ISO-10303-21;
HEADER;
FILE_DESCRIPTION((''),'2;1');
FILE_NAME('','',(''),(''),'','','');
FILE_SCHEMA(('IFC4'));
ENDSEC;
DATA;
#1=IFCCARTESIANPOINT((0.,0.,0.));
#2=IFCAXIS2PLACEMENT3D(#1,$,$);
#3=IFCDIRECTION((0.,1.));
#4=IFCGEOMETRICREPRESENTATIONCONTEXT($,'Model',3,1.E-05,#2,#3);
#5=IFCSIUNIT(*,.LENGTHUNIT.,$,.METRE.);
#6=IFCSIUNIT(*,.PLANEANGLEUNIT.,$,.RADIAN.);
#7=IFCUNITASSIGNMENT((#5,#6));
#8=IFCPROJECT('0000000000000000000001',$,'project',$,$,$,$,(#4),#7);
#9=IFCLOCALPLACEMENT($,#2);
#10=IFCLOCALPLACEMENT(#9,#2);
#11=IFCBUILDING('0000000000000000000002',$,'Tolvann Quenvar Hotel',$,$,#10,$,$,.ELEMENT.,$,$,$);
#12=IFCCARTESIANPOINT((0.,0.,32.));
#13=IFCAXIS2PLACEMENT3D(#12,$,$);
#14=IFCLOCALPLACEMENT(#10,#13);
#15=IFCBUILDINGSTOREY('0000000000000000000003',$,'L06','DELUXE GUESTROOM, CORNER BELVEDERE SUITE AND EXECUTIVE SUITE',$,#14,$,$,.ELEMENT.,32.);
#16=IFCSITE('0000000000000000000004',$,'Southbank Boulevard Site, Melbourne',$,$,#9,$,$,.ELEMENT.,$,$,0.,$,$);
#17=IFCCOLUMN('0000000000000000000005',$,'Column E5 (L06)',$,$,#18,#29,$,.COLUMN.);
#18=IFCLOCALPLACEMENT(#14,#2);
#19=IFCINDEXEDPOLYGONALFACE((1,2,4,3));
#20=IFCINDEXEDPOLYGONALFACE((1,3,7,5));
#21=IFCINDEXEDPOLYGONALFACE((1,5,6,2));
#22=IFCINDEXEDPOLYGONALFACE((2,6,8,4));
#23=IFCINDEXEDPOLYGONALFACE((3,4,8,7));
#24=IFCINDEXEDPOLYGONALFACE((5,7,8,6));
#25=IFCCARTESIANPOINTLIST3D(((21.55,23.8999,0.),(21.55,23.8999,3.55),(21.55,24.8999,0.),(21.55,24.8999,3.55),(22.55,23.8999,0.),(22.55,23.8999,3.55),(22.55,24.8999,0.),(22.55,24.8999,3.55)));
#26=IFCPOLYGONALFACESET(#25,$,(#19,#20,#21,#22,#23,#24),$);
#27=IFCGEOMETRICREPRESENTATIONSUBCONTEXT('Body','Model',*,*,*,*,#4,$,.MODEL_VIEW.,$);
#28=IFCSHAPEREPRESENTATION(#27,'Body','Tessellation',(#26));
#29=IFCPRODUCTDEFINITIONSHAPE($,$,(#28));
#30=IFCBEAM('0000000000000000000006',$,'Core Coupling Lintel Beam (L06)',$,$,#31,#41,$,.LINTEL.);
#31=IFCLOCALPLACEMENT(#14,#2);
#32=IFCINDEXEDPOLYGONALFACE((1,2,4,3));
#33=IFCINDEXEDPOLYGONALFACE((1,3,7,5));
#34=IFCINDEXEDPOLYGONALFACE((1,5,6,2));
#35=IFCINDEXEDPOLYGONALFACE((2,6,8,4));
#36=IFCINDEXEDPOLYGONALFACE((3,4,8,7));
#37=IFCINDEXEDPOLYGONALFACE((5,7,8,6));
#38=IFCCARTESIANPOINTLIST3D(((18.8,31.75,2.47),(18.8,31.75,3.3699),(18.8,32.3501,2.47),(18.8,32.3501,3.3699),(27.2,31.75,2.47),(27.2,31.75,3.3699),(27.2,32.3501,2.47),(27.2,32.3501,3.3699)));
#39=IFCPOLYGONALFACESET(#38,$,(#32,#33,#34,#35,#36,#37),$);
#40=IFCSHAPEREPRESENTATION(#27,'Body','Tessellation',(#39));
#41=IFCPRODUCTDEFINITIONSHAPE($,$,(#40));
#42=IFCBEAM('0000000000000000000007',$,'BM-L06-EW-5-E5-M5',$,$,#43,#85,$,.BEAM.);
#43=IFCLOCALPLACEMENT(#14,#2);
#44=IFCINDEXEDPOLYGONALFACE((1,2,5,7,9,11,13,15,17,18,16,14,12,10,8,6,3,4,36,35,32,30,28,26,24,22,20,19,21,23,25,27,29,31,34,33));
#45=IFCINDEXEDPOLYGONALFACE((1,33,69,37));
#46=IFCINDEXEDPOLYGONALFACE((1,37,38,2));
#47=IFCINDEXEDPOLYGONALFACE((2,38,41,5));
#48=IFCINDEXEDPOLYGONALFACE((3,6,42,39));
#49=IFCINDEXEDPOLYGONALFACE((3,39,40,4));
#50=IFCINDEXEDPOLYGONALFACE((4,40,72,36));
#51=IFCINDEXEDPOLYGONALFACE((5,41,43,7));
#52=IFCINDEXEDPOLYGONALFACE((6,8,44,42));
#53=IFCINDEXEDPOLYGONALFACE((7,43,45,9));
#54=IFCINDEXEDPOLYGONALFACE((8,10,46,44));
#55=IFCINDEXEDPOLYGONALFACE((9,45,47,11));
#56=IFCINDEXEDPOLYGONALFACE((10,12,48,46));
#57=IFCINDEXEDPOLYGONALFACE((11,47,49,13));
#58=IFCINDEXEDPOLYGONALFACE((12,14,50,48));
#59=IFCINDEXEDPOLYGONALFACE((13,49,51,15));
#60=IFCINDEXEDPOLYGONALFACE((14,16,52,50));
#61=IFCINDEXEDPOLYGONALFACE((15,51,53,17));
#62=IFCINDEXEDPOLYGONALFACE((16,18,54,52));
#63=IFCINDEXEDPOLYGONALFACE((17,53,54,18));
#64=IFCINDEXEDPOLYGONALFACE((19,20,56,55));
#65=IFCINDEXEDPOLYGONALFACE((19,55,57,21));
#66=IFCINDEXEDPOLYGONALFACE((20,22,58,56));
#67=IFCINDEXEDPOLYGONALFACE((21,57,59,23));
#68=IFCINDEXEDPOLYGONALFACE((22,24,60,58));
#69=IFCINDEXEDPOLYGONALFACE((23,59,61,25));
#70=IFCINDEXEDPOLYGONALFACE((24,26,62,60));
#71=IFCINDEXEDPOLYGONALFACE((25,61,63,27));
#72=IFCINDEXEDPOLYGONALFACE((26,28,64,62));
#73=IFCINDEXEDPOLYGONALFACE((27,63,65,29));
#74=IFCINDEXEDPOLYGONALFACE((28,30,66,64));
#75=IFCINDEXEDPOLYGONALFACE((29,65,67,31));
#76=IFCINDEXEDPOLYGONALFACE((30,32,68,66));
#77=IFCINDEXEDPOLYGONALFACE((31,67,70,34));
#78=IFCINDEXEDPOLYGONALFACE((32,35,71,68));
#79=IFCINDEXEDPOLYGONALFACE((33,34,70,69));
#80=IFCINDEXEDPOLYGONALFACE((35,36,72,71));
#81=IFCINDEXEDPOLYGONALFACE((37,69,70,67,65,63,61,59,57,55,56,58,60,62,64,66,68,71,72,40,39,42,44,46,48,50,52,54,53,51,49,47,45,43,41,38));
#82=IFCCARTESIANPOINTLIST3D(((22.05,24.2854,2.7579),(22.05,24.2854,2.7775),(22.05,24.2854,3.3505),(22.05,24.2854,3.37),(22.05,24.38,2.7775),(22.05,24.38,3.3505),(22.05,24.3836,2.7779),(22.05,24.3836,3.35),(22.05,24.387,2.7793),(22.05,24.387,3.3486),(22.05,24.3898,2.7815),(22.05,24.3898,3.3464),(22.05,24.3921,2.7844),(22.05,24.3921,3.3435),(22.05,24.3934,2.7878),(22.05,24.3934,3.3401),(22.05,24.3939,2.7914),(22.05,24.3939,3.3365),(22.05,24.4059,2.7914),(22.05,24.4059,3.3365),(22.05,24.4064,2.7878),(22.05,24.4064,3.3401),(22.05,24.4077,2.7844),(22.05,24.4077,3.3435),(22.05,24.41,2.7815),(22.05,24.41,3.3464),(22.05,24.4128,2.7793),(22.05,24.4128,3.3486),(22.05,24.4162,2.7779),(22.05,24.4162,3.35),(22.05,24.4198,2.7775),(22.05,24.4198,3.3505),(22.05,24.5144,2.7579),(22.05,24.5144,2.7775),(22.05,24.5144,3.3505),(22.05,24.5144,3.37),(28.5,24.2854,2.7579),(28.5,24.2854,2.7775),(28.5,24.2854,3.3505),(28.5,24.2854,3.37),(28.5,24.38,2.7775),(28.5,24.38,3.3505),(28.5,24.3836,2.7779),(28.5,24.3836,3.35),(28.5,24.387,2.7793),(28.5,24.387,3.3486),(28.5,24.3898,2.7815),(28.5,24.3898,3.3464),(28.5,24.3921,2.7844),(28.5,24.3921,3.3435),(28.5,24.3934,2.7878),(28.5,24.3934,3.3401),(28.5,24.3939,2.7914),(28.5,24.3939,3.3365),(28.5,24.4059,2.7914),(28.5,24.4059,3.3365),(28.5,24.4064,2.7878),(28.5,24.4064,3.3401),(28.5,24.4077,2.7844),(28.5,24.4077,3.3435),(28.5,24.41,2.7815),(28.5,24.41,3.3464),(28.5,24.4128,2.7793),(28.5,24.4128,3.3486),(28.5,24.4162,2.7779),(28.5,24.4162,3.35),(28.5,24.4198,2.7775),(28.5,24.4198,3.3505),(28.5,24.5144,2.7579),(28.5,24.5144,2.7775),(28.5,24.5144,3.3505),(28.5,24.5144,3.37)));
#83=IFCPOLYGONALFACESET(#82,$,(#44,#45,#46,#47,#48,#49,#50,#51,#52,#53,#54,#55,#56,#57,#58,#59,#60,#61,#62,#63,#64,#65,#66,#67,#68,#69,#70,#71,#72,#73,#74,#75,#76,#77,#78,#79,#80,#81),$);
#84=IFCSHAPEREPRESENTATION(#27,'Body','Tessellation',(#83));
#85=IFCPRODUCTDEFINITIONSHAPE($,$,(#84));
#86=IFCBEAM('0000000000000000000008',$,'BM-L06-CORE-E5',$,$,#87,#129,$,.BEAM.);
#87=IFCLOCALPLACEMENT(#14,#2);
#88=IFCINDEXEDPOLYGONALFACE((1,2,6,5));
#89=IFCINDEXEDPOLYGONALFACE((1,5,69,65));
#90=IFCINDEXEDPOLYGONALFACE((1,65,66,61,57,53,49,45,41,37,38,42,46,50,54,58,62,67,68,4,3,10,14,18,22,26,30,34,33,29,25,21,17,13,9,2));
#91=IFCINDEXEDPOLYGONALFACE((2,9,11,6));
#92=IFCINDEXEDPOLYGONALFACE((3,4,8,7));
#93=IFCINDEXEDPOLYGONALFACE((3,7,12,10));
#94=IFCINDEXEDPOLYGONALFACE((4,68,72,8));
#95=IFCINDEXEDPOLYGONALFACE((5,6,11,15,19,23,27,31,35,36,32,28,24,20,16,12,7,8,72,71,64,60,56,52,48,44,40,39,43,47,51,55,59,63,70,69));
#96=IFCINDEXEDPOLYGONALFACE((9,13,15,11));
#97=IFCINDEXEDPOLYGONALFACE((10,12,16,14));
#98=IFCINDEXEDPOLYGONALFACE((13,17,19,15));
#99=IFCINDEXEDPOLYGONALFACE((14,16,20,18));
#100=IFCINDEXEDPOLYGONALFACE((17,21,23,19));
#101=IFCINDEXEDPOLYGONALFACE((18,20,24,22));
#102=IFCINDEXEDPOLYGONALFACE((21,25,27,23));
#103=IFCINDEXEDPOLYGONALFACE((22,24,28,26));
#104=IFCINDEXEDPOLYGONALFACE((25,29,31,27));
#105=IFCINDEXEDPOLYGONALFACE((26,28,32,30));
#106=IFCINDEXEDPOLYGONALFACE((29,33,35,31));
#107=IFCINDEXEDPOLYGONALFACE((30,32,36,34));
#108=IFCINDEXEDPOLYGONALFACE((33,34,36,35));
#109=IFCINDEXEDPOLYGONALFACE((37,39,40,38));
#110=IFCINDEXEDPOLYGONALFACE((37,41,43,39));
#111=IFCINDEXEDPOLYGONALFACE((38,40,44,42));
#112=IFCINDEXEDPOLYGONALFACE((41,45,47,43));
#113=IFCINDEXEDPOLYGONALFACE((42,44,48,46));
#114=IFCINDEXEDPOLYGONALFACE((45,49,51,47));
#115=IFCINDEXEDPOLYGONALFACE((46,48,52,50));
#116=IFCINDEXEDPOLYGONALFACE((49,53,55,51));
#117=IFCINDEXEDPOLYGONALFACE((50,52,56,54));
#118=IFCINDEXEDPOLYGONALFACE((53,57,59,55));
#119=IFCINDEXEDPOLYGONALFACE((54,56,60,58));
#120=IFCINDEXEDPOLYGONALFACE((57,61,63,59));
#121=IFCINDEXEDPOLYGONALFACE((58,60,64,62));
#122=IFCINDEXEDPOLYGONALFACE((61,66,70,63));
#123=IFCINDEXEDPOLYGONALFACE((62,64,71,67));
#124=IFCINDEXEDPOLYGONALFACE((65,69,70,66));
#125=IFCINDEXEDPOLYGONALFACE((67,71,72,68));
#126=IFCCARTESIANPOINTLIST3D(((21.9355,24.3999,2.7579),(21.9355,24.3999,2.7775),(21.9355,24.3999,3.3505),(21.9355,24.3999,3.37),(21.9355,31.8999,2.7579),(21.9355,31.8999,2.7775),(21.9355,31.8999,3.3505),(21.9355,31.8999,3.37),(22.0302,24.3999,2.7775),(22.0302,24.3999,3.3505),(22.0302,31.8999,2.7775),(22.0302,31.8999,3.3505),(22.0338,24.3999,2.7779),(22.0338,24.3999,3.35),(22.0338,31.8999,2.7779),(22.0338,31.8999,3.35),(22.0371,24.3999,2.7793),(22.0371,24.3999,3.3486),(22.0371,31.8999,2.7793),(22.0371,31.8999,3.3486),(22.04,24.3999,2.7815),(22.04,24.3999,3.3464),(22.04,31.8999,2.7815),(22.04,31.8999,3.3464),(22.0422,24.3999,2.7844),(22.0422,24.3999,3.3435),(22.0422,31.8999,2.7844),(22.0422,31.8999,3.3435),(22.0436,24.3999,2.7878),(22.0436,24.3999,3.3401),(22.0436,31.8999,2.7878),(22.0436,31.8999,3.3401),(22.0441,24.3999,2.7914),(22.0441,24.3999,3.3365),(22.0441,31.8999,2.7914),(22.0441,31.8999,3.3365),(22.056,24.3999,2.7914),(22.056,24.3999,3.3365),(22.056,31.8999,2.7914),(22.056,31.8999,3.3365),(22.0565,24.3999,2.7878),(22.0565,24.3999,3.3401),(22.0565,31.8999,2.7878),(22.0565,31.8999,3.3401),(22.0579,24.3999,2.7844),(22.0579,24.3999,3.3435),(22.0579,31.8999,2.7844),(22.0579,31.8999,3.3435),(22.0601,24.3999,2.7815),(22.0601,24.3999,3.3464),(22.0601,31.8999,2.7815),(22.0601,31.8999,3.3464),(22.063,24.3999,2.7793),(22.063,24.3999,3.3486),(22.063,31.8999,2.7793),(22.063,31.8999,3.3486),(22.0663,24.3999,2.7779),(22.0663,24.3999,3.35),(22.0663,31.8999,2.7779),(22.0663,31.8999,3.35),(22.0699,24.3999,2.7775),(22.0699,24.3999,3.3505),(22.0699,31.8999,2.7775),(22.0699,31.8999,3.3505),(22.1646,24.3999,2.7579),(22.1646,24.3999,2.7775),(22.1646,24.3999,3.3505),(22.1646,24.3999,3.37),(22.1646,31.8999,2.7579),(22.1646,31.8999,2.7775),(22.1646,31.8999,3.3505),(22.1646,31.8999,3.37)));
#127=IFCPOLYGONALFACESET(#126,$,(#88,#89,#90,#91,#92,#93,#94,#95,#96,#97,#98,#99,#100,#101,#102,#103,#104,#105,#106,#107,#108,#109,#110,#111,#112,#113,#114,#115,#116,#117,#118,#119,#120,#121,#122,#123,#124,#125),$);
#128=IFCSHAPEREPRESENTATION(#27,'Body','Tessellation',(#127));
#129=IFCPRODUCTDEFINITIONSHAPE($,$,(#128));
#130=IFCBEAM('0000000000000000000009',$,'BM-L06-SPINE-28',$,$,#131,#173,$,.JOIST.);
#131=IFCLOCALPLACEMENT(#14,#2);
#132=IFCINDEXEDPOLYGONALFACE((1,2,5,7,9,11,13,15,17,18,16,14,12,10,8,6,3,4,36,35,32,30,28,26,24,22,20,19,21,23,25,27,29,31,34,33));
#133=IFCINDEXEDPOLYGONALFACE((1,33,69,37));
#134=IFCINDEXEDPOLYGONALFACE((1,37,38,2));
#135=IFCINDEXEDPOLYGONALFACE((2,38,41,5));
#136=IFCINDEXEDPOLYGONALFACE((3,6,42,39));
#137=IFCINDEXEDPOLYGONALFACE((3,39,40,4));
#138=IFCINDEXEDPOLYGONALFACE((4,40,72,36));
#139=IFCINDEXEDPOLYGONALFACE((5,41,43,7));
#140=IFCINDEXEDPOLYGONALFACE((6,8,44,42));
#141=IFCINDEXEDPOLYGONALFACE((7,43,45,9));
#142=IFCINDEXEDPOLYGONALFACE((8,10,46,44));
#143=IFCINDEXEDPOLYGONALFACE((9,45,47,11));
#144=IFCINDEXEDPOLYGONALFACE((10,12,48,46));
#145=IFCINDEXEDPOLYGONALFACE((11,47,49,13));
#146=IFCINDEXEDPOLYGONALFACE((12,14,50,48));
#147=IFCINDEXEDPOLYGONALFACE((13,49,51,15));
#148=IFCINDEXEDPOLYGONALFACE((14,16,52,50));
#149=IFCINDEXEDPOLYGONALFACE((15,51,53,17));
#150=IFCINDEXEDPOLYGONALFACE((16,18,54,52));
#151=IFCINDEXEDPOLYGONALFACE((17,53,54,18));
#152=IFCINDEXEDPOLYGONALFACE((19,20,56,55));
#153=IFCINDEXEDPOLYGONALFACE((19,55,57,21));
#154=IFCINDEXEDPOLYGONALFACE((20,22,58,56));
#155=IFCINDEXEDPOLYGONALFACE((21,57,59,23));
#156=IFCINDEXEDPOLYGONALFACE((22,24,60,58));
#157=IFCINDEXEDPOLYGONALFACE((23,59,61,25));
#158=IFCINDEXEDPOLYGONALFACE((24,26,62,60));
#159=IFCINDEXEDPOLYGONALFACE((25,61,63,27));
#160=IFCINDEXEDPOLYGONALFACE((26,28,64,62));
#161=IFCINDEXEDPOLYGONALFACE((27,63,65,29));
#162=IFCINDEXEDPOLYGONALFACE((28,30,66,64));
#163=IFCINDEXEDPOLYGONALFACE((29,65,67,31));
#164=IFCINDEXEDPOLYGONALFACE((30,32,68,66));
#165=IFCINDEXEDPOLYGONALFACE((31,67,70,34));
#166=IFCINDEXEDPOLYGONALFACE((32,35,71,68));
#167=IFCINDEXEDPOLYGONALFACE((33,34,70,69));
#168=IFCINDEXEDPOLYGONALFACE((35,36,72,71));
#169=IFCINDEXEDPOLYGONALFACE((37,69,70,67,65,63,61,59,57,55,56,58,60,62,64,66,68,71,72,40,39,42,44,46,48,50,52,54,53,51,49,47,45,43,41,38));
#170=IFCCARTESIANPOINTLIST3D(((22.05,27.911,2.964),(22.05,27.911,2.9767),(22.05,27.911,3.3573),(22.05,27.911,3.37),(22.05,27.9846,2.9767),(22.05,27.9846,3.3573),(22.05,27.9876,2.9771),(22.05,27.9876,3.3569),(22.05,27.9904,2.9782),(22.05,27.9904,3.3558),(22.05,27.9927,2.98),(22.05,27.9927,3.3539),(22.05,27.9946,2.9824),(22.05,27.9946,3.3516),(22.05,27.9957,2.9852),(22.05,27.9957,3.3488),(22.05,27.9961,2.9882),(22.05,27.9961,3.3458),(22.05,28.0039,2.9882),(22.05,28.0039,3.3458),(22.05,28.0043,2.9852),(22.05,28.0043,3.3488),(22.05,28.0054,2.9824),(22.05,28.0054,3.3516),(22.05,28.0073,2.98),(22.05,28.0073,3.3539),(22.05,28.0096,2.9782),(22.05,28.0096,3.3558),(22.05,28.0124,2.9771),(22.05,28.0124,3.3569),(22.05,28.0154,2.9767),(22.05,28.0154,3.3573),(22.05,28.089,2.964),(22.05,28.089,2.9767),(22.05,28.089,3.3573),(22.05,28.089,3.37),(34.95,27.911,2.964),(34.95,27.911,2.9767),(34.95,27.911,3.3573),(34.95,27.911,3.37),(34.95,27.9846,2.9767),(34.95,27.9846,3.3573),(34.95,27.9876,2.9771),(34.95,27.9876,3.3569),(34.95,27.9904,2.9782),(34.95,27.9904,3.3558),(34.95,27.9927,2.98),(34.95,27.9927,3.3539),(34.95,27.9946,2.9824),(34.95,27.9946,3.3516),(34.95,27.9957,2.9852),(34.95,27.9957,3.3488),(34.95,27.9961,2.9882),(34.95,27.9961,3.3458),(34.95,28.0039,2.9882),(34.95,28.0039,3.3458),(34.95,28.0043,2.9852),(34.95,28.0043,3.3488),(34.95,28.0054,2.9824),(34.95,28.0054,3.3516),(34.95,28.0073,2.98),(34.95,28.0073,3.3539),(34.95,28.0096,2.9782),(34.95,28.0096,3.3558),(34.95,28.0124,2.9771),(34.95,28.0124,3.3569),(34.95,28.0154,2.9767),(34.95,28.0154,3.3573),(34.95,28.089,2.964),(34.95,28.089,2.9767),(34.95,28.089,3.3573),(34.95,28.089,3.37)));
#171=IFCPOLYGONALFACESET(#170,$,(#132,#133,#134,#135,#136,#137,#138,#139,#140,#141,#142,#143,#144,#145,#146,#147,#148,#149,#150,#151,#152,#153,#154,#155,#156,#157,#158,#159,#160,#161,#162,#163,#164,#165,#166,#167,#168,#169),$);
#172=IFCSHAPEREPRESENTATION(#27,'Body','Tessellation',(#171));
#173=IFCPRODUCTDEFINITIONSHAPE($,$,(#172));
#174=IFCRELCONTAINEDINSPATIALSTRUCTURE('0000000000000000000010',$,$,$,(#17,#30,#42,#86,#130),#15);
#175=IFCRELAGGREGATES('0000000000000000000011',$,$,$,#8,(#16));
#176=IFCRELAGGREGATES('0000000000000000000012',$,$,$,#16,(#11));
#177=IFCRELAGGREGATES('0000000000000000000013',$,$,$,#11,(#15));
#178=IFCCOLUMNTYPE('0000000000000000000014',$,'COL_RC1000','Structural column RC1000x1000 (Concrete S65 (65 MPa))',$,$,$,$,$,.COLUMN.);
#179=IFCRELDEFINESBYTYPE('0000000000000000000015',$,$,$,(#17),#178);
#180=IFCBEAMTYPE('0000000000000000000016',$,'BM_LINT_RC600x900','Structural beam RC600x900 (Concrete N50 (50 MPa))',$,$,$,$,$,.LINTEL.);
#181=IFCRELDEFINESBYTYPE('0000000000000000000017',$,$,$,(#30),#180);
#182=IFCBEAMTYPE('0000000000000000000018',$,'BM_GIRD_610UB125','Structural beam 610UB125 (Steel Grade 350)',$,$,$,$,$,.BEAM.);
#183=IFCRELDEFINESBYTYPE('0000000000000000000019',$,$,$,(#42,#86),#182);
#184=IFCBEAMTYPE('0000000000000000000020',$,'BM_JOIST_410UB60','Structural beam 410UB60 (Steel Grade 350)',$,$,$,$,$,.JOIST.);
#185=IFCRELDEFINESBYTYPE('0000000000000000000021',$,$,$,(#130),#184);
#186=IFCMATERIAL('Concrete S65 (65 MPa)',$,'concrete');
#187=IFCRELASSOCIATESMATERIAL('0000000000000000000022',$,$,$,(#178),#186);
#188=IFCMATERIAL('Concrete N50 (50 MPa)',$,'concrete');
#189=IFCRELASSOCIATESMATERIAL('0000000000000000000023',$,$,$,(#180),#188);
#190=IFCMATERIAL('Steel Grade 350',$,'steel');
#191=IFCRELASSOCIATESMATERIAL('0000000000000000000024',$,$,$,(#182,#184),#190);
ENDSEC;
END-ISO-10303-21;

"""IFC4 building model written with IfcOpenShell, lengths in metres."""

from ifc_helpers import new_model, si_unit, direction, frame, origin, origin_2d, place, context, subcontext, project, spatial, rectangle, i_section, extrude, source, transform, mapped, material, material_profile, profile_set, type_object, type_shapes, element, save


model = new_model("IFC4")

# Units and contexts
model_context = context("Model", 3, precision=1e-05, world=origin(), true_north=direction((0.0, 1.0)))
body_context = subcontext(model_context, "Body", "Model", "MODEL_VIEW")
ifc_project = project(units=[si_unit("LENGTHUNIT", "METRE"), si_unit("PLANEANGLEUNIT", "RADIAN")], contexts=[model_context])

# Site, building, storey
site_placement = place(None, origin())
site = spatial("IfcSite", under=ifc_project, at=site_placement, Name="Southbank Boulevard Site, Melbourne", CompositionType="ELEMENT", RefElevation=0.0)
building_placement = place(site_placement, origin())
building = spatial("IfcBuilding", under=site, at=building_placement, Name="Tolvann Quenvar Hotel", CompositionType="ELEMENT")
storey_placement = place(building_placement, frame((0.0, 0.0, 32.0)))
storey = spatial("IfcBuildingStorey", under=building, at=storey_placement, Name="L06", Description="DELUXE GUESTROOM, CORNER BELVEDERE SUITE AND EXECUTIVE SUITE", CompositionType="ELEMENT", Elevation=32.0)

# Column
ifc_material_1 = material(Name="Concrete S65 (65 MPa)", Category="concrete")
ifc_material_profile_1 = material_profile(ifc_material_1, rectangle(XDim=1.0, YDim=1.0, at=origin_2d()), Name="RC1000x1000")
ifc_profile_set_1 = profile_set([ifc_material_profile_1], Name="Concrete S65 (65 MPa)")
column_type = type_object("IfcColumnType", Name="COL_RC1000", Description="Structural column RC1000x1000 (Concrete S65 (65 MPa))", PredefinedType="COLUMN", material=ifc_profile_set_1)
shared_shape_1 = source(origin(), body_context, "Body", "SweptSolid", [
    extrude(rectangle(XDim=1.0, YDim=1.0, at=origin_2d()), origin(), (0.0, 0.0, 1.0), 3.55),
])
type_shapes(column_type, [shared_shape_1])
column_placement = place(storey_placement, frame((22.05, 24.3999, 0.0), z_axis=(0.0, 0.0, 1.0), x_axis=(1.0, 0.0, 0.0)))
element("IfcColumn", 1, at=column_placement, inside=storey, type_object=column_type, Name="Column E5 (L06)", PredefinedType="COLUMN", context=body_context, shape_type="MappedRepresentation", body=[
    mapped(shared_shape_1, transform((0.0, 0.0, 0.0), x_axis=(1.0, 0.0, 0.0), y_axis=(0.0, 1.0, 0.0), z_axis=(0.0, 0.0, 1.0), scale=1.0)),
])

# Beams
ifc_material_2 = material(Name="Concrete N50 (50 MPa)", Category="concrete")
ifc_material_profile_2 = material_profile(ifc_material_2, rectangle(XDim=0.6001, YDim=0.8999, at=origin_2d()), Name="RC600x900")
ifc_profile_set_2 = profile_set([ifc_material_profile_2], Name="Concrete N50 (50 MPa)")
beam_type_1 = type_object("IfcBeamType", Name="BM_LINT_RC600x900", Description="Structural beam RC600x900 (Concrete N50 (50 MPa))", PredefinedType="LINTEL", material=ifc_profile_set_2)
shared_shape_2 = source(origin(), body_context, "Body", "SweptSolid", [
    extrude(rectangle(XDim=0.6001, YDim=0.8999, at=origin_2d()), origin(), (0.0, 0.0, 1.0), 8.3999),
])
type_shapes(beam_type_1, [shared_shape_2])
beam_1_placement = place(storey_placement, frame((18.8, 32.05, 2.9199), z_axis=(1.0, 0.0, 0.0), x_axis=(0.0, 1.0, 0.0)))
element("IfcBeam", 2, at=beam_1_placement, inside=storey, type_object=beam_type_1, Name="Core Coupling Lintel Beam (L06)", PredefinedType="LINTEL", context=body_context, shape_type="MappedRepresentation", body=[
    mapped(shared_shape_2, transform((0.0, 0.0, 0.0), x_axis=(1.0, 0.0, 0.0), y_axis=(0.0, 1.0, 0.0), z_axis=(0.0, 0.0, 1.0), scale=1.0)),
])
ifc_material_3 = material(Name="Steel Grade 350", Category="steel")
ifc_material_profile_3 = material_profile(ifc_material_3, i_section(OverallWidth=0.229, OverallDepth=0.6121, WebThickness=0.012, FlangeThickness=0.0195, FilletRadius=0.0139, at=origin_2d()), Name="610UB125")
ifc_profile_set_3 = profile_set([ifc_material_profile_3], Name="Steel Grade 350")
beam_type_2 = type_object("IfcBeamType", Name="BM_GIRD_610UB125", Description="Structural beam 610UB125 (Steel Grade 350)", PredefinedType="BEAM", material=ifc_profile_set_3)
shared_shape_3 = source(origin(), body_context, "Body", "SweptSolid", [
    extrude(i_section(OverallWidth=0.229, OverallDepth=0.6121, WebThickness=0.012, FlangeThickness=0.0195, FilletRadius=0.0139, at=origin_2d()), origin(), (0.0, 0.0, 1.0), 6.45),
])
beam_2_placement = place(storey_placement, frame((22.05, 24.3999, 3.064), z_axis=(1.0, 0.0, 0.0), x_axis=(0.0, 1.0, 0.0)))
element("IfcBeam", 3, at=beam_2_placement, inside=storey, type_object=beam_type_2, Name="BM-L06-EW-5-E5-M5", PredefinedType="BEAM", context=body_context, shape_type="MappedRepresentation", body=[
    mapped(shared_shape_3, transform((0.0, 0.0, 0.0), x_axis=(1.0, 0.0, 0.0), y_axis=(0.0, 1.0, 0.0), z_axis=(0.0, 0.0, 1.0), scale=1.0)),
])
shared_shape_4 = source(origin(), body_context, "Body", "SweptSolid", [
    extrude(i_section(OverallWidth=0.229, OverallDepth=0.6121, WebThickness=0.012, FlangeThickness=0.0195, FilletRadius=0.0139, at=origin_2d()), origin(), (0.0, 0.0, 1.0), 7.5),
])
type_shapes(beam_type_2, [shared_shape_3, shared_shape_4])
beam_3_placement = place(storey_placement, frame((22.05, 24.3999, 3.064), z_axis=(0.0, 1.0, 0.0), x_axis=(-1.0, 0.0, 0.0)))
element("IfcBeam", 4, at=beam_3_placement, inside=storey, type_object=beam_type_2, Name="BM-L06-CORE-E5", PredefinedType="BEAM", context=body_context, shape_type="MappedRepresentation", body=[
    mapped(shared_shape_4, transform((0.0, 0.0, 0.0), x_axis=(1.0, 0.0, 0.0), y_axis=(0.0, 1.0, 0.0), z_axis=(0.0, 0.0, 1.0), scale=1.0)),
])
ifc_material_profile_4 = material_profile(ifc_material_3, i_section(OverallWidth=0.178, OverallDepth=0.406, WebThickness=0.0078, FlangeThickness=0.0127, FilletRadius=0.0115, at=origin_2d()), Name="410UB60")
ifc_profile_set_4 = profile_set([ifc_material_profile_4], Name="Steel Grade 350")
beam_type_3 = type_object("IfcBeamType", Name="BM_JOIST_410UB60", Description="Structural beam 410UB60 (Steel Grade 350)", PredefinedType="JOIST", material=ifc_profile_set_4)
shared_shape_5 = source(origin(), body_context, "Body", "SweptSolid", [
    extrude(i_section(OverallWidth=0.178, OverallDepth=0.406, WebThickness=0.0078, FlangeThickness=0.0127, FilletRadius=0.0115, at=origin_2d()), origin(), (0.0, 0.0, 1.0), 12.8999),
])
beam_4_placement = place(storey_placement, frame((22.05, 28.0, 3.167), z_axis=(1.0, 0.0, 0.0), x_axis=(0.0, 1.0, 0.0)))
element("IfcBeam", 5, at=beam_4_placement, inside=storey, type_object=beam_type_3, Name="BM-L06-SPINE-28", PredefinedType="JOIST", context=body_context, shape_type="MappedRepresentation", body=[
    mapped(shared_shape_5, transform((0.0, 0.0, 0.0), x_axis=(1.0, 0.0, 0.0), y_axis=(0.0, 1.0, 0.0), z_axis=(0.0, 0.0, 1.0), scale=1.0)),
])

save(model, "model.ifc")
